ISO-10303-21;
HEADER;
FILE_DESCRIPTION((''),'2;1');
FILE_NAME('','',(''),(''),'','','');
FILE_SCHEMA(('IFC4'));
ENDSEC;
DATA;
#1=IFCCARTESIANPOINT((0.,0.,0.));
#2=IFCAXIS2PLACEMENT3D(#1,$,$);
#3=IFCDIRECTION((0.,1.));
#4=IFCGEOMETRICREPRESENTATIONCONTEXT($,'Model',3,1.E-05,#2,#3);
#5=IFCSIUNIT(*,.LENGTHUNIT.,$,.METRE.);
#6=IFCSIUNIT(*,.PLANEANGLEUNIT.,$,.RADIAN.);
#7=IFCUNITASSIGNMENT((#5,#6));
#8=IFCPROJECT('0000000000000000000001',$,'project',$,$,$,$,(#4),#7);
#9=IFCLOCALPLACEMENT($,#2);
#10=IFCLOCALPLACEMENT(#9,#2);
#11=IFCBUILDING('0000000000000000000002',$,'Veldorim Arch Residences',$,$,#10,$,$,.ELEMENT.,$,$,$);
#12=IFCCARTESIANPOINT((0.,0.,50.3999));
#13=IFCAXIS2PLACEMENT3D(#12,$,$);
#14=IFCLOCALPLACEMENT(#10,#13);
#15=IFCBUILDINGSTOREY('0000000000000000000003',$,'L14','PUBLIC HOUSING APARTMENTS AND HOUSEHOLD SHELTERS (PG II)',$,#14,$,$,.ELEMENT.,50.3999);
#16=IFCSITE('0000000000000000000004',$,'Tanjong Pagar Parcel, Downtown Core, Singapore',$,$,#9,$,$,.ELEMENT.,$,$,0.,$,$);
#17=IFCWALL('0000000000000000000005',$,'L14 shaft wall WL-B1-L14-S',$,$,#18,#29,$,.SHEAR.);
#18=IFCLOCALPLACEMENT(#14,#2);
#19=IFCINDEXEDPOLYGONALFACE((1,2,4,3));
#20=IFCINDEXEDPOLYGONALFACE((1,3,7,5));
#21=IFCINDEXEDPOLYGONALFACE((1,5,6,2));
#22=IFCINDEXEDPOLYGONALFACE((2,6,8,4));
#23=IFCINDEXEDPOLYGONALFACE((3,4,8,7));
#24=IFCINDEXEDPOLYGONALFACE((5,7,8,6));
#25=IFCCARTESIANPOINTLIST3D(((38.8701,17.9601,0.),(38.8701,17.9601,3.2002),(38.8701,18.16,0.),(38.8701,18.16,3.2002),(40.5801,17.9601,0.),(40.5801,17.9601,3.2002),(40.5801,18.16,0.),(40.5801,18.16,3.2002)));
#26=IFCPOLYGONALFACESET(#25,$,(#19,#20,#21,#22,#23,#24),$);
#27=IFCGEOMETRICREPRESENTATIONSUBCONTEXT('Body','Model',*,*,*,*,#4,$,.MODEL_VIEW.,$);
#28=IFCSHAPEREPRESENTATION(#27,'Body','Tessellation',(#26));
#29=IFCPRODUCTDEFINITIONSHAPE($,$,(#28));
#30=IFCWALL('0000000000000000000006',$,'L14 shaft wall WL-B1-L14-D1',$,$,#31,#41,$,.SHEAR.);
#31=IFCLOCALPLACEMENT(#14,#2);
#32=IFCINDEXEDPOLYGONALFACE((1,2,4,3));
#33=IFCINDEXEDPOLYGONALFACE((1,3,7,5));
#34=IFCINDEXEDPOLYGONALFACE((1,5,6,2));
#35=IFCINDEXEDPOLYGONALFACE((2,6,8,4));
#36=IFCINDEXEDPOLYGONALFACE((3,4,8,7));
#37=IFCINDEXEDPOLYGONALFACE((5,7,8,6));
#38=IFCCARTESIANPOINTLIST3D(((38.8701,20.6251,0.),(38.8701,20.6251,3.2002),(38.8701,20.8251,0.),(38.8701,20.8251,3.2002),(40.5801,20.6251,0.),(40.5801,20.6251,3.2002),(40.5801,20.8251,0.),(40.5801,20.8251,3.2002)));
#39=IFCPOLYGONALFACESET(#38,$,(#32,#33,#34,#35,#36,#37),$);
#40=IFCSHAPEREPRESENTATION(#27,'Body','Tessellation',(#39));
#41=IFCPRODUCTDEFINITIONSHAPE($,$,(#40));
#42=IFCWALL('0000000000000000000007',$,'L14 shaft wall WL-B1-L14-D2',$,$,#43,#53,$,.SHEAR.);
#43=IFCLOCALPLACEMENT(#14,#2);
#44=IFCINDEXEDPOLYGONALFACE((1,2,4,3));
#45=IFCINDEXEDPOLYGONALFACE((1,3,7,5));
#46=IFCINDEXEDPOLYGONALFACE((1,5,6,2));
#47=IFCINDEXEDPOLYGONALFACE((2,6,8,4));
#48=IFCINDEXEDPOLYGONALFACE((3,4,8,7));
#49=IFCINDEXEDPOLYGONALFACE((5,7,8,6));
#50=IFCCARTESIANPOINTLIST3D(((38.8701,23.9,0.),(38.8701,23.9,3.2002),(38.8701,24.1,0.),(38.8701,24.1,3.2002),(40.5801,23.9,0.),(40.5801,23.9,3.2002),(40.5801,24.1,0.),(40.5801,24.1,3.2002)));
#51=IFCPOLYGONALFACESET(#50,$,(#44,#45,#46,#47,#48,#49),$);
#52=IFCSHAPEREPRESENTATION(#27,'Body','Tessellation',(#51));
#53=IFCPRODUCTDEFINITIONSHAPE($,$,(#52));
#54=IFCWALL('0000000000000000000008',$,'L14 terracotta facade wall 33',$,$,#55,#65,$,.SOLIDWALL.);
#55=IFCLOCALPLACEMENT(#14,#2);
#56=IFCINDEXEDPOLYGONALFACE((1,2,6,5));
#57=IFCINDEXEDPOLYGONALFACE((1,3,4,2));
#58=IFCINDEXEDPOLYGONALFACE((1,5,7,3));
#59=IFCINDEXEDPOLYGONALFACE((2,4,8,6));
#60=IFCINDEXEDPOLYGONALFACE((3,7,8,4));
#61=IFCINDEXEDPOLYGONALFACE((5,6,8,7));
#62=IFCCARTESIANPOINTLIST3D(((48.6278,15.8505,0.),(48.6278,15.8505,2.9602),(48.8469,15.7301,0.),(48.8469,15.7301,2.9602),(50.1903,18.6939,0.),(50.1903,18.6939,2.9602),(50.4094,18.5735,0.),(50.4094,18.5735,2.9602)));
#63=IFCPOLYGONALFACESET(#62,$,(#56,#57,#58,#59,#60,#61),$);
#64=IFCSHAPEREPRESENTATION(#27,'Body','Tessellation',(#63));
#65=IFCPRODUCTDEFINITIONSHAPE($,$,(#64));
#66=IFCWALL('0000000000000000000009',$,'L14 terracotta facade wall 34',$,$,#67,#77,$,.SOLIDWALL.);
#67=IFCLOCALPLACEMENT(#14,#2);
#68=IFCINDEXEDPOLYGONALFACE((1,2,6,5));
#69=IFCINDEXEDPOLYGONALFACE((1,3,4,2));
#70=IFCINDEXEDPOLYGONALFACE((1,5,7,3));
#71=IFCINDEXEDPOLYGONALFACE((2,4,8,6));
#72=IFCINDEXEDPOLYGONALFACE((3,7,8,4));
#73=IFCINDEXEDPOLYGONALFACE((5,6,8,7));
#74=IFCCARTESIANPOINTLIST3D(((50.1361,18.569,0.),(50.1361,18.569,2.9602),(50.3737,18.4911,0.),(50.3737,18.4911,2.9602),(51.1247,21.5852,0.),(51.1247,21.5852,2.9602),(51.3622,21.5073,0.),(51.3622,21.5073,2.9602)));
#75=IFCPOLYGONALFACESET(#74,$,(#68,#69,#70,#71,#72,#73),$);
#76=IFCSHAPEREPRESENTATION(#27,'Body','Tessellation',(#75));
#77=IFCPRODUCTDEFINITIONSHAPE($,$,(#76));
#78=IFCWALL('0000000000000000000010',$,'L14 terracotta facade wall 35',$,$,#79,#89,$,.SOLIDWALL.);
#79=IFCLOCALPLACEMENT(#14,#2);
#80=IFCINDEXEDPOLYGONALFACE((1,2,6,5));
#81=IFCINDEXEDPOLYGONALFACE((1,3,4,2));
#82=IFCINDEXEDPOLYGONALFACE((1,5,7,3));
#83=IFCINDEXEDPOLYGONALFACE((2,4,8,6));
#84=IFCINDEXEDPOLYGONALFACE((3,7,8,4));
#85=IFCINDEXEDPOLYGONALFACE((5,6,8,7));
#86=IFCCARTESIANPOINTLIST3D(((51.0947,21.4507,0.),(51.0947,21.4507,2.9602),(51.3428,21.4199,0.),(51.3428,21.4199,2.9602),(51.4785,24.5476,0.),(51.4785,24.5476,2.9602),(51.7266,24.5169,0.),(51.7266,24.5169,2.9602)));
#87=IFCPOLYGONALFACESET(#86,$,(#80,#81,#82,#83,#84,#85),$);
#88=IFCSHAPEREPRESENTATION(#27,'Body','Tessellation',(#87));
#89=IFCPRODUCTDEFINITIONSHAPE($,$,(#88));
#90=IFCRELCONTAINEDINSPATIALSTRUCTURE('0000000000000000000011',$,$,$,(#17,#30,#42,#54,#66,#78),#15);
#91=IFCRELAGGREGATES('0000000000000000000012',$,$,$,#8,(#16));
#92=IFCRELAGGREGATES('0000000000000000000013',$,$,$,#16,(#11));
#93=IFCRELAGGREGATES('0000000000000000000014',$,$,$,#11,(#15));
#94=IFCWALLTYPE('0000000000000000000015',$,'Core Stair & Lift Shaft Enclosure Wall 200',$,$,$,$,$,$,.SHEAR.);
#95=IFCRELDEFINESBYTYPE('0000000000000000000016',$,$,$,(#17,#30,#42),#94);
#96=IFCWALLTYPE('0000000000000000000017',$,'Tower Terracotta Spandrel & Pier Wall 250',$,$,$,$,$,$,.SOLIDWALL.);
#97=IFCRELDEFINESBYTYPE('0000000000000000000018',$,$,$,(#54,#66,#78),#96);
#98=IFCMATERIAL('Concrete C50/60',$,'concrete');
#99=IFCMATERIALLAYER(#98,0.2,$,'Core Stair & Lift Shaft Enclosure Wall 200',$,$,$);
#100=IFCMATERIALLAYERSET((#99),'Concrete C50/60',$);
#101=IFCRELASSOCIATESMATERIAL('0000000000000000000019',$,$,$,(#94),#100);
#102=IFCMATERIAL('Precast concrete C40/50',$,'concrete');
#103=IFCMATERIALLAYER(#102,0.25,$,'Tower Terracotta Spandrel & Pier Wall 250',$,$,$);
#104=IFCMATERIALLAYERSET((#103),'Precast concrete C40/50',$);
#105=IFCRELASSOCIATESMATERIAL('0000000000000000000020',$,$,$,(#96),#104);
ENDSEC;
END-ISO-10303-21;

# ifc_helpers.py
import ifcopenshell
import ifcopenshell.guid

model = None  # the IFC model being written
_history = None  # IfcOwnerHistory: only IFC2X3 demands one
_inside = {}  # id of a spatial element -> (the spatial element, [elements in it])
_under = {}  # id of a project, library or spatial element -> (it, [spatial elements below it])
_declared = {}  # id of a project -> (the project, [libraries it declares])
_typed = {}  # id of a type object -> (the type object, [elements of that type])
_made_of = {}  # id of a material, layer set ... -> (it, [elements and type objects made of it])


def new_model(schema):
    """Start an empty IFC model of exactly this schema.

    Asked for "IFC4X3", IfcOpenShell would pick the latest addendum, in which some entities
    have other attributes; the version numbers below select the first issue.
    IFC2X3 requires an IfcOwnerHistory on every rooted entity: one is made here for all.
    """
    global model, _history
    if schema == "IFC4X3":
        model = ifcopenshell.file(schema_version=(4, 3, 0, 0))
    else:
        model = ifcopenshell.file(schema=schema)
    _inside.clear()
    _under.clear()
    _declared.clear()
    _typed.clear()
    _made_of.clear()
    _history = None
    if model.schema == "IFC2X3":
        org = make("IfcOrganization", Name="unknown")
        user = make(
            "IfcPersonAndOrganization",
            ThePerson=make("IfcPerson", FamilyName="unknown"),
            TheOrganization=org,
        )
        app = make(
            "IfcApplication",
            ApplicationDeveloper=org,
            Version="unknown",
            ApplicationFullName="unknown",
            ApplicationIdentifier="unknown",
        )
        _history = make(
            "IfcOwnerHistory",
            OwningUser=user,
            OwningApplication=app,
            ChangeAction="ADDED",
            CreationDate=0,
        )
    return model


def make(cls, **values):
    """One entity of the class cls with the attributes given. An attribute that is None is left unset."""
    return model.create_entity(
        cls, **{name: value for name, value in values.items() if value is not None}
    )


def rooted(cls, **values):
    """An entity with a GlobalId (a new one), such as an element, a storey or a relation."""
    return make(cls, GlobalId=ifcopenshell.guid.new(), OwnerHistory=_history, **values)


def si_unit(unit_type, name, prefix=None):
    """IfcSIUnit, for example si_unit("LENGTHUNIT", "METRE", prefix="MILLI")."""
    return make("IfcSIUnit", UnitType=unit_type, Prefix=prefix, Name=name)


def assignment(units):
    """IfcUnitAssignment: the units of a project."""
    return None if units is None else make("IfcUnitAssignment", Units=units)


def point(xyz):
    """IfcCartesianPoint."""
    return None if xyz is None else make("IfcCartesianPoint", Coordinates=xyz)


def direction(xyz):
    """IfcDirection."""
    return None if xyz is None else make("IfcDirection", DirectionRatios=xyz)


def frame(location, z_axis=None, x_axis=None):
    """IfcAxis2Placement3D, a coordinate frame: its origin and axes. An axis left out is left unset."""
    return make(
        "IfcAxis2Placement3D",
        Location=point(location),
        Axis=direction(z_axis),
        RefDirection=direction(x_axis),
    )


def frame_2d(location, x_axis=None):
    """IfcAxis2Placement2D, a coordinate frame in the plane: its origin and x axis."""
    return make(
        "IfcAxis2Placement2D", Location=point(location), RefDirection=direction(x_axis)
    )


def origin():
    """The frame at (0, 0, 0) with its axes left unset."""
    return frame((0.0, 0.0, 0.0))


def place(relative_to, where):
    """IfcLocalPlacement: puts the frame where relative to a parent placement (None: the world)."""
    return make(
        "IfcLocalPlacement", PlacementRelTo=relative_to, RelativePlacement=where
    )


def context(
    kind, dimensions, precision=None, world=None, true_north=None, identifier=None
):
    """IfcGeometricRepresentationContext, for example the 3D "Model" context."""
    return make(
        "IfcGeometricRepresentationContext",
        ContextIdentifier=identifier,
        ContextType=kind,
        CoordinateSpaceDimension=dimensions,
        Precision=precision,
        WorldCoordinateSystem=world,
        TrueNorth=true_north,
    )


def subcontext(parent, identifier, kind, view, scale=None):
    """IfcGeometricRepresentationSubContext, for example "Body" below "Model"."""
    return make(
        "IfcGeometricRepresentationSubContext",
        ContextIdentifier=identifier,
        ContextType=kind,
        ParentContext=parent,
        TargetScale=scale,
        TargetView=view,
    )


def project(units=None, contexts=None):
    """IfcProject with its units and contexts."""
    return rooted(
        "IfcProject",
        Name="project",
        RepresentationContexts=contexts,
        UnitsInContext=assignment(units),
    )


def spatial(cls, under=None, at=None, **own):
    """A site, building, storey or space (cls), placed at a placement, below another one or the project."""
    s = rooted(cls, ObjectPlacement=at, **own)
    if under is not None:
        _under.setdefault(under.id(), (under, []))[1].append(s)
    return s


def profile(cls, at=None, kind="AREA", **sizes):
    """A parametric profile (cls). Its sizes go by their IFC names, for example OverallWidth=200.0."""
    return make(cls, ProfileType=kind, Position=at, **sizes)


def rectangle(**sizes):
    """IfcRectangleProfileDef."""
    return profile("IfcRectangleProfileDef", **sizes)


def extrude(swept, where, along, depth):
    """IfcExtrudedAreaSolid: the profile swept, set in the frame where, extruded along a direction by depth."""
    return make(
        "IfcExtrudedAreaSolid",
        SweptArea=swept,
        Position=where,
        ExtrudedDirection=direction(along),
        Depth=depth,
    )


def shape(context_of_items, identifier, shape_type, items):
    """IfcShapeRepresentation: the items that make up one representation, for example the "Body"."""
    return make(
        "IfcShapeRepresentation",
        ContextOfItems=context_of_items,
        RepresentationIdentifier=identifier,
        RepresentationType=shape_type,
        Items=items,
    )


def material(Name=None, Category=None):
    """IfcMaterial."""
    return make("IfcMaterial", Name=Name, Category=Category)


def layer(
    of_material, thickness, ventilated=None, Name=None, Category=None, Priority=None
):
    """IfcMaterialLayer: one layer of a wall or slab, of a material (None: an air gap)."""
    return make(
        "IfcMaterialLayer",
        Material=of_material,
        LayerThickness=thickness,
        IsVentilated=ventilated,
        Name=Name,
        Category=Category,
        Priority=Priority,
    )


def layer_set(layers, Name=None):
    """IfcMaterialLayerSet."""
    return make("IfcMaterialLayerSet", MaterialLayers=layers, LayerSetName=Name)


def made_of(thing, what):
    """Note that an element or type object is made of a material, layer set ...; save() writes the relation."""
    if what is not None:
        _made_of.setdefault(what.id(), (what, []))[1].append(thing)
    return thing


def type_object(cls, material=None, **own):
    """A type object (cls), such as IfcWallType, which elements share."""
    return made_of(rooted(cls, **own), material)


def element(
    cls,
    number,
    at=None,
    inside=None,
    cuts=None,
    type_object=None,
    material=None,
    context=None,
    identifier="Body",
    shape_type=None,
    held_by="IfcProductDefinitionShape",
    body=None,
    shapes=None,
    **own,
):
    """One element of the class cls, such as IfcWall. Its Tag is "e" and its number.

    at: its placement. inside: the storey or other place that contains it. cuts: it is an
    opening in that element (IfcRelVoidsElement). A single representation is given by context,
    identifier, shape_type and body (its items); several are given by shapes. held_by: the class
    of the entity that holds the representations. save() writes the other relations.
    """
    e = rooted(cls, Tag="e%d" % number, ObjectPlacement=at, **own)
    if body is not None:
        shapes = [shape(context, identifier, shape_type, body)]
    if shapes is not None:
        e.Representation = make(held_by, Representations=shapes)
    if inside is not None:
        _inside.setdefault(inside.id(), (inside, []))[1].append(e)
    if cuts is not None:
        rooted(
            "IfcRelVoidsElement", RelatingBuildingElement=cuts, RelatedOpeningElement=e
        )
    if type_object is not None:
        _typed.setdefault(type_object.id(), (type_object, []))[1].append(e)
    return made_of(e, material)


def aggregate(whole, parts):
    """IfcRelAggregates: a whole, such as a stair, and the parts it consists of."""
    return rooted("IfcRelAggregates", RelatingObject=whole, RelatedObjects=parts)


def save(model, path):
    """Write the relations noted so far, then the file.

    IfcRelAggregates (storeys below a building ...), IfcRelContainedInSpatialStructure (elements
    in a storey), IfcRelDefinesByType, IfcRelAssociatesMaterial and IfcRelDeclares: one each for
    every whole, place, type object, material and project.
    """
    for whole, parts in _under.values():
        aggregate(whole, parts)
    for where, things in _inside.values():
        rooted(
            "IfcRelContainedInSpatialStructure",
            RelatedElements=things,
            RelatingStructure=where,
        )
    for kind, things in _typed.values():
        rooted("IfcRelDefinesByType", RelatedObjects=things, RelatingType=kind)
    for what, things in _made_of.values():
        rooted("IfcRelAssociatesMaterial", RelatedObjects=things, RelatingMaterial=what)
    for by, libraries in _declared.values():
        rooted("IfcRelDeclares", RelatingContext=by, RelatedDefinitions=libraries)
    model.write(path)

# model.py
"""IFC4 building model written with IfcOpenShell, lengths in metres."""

from ifc_helpers import new_model, si_unit, direction, frame, frame_2d, origin, place, context, subcontext, project, spatial, rectangle, extrude, material, layer, layer_set, type_object, element, save


model = new_model("IFC4")

# Units and contexts
model_context = context("Model", 3, precision=1e-05, world=origin(), true_north=direction((0.0, 1.0)))
body_context = subcontext(model_context, "Body", "Model", "MODEL_VIEW")
ifc_project = project(units=[si_unit("LENGTHUNIT", "METRE"), si_unit("PLANEANGLEUNIT", "RADIAN")], contexts=[model_context])

# Site, building, storey
site_placement = place(None, origin())
site = spatial("IfcSite", under=ifc_project, at=site_placement, Name="Tanjong Pagar Parcel, Downtown Core, Singapore", CompositionType="ELEMENT", RefElevation=0.0)
building_placement = place(site_placement, origin())
building = spatial("IfcBuilding", under=site, at=building_placement, Name="Veldorim Arch Residences", CompositionType="ELEMENT")
storey_placement = place(building_placement, frame((0.0, 0.0, 50.3999)))
storey = spatial("IfcBuildingStorey", under=building, at=storey_placement, Name="L14", Description="PUBLIC HOUSING APARTMENTS AND HOUSEHOLD SHELTERS (PG II)", CompositionType="ELEMENT", Elevation=50.3999)

# Walls
ifc_material_1 = material(Name="Concrete C50/60", Category="concrete")
ifc_layer_1 = layer(ifc_material_1, 0.2, Name="Core Stair & Lift Shaft Enclosure Wall 200")
ifc_layer_set_1 = layer_set([ifc_layer_1], Name="Concrete C50/60")
wall_type_1 = type_object("IfcWallType", Name="Core Stair & Lift Shaft Enclosure Wall 200", PredefinedType="SHEAR", material=ifc_layer_set_1)
for number, where, z_axis, x_axis, name in (
    (1, (38.8701, 18.0601, 0.0), (0.0, 0.0, 1.0), (1.0, 0.0, 0.0), "L14 shaft wall WL-B1-L14-S"),
    (2, (38.8701, 20.7251, 0.0), (0.0, 0.0, 1.0), (1.0, 0.0, 0.0), "L14 shaft wall WL-B1-L14-D1"),
    (3, (38.8701, 24.0, 0.0), (0.0, 0.0, 1.0), (1.0, 0.0, 0.0), "L14 shaft wall WL-B1-L14-D2"),
):
    element("IfcWall", number, at=place(storey_placement, frame(where, z_axis=z_axis, x_axis=x_axis)), inside=storey, type_object=wall_type_1, Name=name, PredefinedType="SHEAR", context=body_context, shape_type="SweptSolid", body=[
        extrude(rectangle(XDim=1.71, YDim=0.2, at=frame_2d((0.855, 0.0))), origin(), (0.0, 0.0, 1.0), 3.2002),
    ])
ifc_material_2 = material(Name="Precast concrete C40/50", Category="concrete")
ifc_layer_2 = layer(ifc_material_2, 0.25, Name="Tower Terracotta Spandrel & Pier Wall 250")
ifc_layer_set_2 = layer_set([ifc_layer_2], Name="Precast concrete C40/50")
wall_type_2 = type_object("IfcWallType", Name="Tower Terracotta Spandrel & Pier Wall 250", PredefinedType="SOLIDWALL", material=ifc_layer_set_2)
wall_1_placement = place(storey_placement, frame((50.2998, 18.6335, 0.0), z_axis=(0.0, 0.0, 1.0), x_axis=(-0.481613, -0.876384, 0.0)))
element("IfcWall", 4, at=wall_1_placement, inside=storey, type_object=wall_type_2, Name="L14 terracotta facade wall 33", PredefinedType="SOLIDWALL", context=body_context, shape_type="SweptSolid", body=[
    extrude(rectangle(XDim=3.2444, YDim=0.25, at=frame_2d((1.6221, 0.0))), origin(), (0.0, 0.0, 1.0), 2.9602),
])
wall_2_placement = place(storey_placement, frame((51.2434, 21.5461, 0.0), z_axis=(0.0, 0.0, 1.0), x_axis=(-0.311447, -0.950264, 0.0)))
element("IfcWall", 5, at=wall_2_placement, inside=storey, type_object=wall_type_2, Name="L14 terracotta facade wall 34", PredefinedType="SOLIDWALL", context=body_context, shape_type="SweptSolid", body=[
    extrude(rectangle(XDim=3.1741, YDim=0.25, at=frame_2d((1.5869, 0.0))), origin(), (0.0, 0.0, 1.0), 2.9602),
])
wall_3_placement = place(storey_placement, frame((51.6025, 24.5322, 0.0), z_axis=(0.0, 0.0, 1.0), x_axis=(-0.122985, -0.992409, 0.0)))
element("IfcWall", 6, at=wall_3_placement, inside=storey, type_object=wall_type_2, Name="L14 terracotta facade wall 35", PredefinedType="SOLIDWALL", context=body_context, shape_type="SweptSolid", body=[
    extrude(rectangle(XDim=3.1206, YDim=0.25, at=frame_2d((1.5603, 0.0))), origin(), (0.0, 0.0, 1.0), 2.9602),
])

save(model, "model.ifc")
